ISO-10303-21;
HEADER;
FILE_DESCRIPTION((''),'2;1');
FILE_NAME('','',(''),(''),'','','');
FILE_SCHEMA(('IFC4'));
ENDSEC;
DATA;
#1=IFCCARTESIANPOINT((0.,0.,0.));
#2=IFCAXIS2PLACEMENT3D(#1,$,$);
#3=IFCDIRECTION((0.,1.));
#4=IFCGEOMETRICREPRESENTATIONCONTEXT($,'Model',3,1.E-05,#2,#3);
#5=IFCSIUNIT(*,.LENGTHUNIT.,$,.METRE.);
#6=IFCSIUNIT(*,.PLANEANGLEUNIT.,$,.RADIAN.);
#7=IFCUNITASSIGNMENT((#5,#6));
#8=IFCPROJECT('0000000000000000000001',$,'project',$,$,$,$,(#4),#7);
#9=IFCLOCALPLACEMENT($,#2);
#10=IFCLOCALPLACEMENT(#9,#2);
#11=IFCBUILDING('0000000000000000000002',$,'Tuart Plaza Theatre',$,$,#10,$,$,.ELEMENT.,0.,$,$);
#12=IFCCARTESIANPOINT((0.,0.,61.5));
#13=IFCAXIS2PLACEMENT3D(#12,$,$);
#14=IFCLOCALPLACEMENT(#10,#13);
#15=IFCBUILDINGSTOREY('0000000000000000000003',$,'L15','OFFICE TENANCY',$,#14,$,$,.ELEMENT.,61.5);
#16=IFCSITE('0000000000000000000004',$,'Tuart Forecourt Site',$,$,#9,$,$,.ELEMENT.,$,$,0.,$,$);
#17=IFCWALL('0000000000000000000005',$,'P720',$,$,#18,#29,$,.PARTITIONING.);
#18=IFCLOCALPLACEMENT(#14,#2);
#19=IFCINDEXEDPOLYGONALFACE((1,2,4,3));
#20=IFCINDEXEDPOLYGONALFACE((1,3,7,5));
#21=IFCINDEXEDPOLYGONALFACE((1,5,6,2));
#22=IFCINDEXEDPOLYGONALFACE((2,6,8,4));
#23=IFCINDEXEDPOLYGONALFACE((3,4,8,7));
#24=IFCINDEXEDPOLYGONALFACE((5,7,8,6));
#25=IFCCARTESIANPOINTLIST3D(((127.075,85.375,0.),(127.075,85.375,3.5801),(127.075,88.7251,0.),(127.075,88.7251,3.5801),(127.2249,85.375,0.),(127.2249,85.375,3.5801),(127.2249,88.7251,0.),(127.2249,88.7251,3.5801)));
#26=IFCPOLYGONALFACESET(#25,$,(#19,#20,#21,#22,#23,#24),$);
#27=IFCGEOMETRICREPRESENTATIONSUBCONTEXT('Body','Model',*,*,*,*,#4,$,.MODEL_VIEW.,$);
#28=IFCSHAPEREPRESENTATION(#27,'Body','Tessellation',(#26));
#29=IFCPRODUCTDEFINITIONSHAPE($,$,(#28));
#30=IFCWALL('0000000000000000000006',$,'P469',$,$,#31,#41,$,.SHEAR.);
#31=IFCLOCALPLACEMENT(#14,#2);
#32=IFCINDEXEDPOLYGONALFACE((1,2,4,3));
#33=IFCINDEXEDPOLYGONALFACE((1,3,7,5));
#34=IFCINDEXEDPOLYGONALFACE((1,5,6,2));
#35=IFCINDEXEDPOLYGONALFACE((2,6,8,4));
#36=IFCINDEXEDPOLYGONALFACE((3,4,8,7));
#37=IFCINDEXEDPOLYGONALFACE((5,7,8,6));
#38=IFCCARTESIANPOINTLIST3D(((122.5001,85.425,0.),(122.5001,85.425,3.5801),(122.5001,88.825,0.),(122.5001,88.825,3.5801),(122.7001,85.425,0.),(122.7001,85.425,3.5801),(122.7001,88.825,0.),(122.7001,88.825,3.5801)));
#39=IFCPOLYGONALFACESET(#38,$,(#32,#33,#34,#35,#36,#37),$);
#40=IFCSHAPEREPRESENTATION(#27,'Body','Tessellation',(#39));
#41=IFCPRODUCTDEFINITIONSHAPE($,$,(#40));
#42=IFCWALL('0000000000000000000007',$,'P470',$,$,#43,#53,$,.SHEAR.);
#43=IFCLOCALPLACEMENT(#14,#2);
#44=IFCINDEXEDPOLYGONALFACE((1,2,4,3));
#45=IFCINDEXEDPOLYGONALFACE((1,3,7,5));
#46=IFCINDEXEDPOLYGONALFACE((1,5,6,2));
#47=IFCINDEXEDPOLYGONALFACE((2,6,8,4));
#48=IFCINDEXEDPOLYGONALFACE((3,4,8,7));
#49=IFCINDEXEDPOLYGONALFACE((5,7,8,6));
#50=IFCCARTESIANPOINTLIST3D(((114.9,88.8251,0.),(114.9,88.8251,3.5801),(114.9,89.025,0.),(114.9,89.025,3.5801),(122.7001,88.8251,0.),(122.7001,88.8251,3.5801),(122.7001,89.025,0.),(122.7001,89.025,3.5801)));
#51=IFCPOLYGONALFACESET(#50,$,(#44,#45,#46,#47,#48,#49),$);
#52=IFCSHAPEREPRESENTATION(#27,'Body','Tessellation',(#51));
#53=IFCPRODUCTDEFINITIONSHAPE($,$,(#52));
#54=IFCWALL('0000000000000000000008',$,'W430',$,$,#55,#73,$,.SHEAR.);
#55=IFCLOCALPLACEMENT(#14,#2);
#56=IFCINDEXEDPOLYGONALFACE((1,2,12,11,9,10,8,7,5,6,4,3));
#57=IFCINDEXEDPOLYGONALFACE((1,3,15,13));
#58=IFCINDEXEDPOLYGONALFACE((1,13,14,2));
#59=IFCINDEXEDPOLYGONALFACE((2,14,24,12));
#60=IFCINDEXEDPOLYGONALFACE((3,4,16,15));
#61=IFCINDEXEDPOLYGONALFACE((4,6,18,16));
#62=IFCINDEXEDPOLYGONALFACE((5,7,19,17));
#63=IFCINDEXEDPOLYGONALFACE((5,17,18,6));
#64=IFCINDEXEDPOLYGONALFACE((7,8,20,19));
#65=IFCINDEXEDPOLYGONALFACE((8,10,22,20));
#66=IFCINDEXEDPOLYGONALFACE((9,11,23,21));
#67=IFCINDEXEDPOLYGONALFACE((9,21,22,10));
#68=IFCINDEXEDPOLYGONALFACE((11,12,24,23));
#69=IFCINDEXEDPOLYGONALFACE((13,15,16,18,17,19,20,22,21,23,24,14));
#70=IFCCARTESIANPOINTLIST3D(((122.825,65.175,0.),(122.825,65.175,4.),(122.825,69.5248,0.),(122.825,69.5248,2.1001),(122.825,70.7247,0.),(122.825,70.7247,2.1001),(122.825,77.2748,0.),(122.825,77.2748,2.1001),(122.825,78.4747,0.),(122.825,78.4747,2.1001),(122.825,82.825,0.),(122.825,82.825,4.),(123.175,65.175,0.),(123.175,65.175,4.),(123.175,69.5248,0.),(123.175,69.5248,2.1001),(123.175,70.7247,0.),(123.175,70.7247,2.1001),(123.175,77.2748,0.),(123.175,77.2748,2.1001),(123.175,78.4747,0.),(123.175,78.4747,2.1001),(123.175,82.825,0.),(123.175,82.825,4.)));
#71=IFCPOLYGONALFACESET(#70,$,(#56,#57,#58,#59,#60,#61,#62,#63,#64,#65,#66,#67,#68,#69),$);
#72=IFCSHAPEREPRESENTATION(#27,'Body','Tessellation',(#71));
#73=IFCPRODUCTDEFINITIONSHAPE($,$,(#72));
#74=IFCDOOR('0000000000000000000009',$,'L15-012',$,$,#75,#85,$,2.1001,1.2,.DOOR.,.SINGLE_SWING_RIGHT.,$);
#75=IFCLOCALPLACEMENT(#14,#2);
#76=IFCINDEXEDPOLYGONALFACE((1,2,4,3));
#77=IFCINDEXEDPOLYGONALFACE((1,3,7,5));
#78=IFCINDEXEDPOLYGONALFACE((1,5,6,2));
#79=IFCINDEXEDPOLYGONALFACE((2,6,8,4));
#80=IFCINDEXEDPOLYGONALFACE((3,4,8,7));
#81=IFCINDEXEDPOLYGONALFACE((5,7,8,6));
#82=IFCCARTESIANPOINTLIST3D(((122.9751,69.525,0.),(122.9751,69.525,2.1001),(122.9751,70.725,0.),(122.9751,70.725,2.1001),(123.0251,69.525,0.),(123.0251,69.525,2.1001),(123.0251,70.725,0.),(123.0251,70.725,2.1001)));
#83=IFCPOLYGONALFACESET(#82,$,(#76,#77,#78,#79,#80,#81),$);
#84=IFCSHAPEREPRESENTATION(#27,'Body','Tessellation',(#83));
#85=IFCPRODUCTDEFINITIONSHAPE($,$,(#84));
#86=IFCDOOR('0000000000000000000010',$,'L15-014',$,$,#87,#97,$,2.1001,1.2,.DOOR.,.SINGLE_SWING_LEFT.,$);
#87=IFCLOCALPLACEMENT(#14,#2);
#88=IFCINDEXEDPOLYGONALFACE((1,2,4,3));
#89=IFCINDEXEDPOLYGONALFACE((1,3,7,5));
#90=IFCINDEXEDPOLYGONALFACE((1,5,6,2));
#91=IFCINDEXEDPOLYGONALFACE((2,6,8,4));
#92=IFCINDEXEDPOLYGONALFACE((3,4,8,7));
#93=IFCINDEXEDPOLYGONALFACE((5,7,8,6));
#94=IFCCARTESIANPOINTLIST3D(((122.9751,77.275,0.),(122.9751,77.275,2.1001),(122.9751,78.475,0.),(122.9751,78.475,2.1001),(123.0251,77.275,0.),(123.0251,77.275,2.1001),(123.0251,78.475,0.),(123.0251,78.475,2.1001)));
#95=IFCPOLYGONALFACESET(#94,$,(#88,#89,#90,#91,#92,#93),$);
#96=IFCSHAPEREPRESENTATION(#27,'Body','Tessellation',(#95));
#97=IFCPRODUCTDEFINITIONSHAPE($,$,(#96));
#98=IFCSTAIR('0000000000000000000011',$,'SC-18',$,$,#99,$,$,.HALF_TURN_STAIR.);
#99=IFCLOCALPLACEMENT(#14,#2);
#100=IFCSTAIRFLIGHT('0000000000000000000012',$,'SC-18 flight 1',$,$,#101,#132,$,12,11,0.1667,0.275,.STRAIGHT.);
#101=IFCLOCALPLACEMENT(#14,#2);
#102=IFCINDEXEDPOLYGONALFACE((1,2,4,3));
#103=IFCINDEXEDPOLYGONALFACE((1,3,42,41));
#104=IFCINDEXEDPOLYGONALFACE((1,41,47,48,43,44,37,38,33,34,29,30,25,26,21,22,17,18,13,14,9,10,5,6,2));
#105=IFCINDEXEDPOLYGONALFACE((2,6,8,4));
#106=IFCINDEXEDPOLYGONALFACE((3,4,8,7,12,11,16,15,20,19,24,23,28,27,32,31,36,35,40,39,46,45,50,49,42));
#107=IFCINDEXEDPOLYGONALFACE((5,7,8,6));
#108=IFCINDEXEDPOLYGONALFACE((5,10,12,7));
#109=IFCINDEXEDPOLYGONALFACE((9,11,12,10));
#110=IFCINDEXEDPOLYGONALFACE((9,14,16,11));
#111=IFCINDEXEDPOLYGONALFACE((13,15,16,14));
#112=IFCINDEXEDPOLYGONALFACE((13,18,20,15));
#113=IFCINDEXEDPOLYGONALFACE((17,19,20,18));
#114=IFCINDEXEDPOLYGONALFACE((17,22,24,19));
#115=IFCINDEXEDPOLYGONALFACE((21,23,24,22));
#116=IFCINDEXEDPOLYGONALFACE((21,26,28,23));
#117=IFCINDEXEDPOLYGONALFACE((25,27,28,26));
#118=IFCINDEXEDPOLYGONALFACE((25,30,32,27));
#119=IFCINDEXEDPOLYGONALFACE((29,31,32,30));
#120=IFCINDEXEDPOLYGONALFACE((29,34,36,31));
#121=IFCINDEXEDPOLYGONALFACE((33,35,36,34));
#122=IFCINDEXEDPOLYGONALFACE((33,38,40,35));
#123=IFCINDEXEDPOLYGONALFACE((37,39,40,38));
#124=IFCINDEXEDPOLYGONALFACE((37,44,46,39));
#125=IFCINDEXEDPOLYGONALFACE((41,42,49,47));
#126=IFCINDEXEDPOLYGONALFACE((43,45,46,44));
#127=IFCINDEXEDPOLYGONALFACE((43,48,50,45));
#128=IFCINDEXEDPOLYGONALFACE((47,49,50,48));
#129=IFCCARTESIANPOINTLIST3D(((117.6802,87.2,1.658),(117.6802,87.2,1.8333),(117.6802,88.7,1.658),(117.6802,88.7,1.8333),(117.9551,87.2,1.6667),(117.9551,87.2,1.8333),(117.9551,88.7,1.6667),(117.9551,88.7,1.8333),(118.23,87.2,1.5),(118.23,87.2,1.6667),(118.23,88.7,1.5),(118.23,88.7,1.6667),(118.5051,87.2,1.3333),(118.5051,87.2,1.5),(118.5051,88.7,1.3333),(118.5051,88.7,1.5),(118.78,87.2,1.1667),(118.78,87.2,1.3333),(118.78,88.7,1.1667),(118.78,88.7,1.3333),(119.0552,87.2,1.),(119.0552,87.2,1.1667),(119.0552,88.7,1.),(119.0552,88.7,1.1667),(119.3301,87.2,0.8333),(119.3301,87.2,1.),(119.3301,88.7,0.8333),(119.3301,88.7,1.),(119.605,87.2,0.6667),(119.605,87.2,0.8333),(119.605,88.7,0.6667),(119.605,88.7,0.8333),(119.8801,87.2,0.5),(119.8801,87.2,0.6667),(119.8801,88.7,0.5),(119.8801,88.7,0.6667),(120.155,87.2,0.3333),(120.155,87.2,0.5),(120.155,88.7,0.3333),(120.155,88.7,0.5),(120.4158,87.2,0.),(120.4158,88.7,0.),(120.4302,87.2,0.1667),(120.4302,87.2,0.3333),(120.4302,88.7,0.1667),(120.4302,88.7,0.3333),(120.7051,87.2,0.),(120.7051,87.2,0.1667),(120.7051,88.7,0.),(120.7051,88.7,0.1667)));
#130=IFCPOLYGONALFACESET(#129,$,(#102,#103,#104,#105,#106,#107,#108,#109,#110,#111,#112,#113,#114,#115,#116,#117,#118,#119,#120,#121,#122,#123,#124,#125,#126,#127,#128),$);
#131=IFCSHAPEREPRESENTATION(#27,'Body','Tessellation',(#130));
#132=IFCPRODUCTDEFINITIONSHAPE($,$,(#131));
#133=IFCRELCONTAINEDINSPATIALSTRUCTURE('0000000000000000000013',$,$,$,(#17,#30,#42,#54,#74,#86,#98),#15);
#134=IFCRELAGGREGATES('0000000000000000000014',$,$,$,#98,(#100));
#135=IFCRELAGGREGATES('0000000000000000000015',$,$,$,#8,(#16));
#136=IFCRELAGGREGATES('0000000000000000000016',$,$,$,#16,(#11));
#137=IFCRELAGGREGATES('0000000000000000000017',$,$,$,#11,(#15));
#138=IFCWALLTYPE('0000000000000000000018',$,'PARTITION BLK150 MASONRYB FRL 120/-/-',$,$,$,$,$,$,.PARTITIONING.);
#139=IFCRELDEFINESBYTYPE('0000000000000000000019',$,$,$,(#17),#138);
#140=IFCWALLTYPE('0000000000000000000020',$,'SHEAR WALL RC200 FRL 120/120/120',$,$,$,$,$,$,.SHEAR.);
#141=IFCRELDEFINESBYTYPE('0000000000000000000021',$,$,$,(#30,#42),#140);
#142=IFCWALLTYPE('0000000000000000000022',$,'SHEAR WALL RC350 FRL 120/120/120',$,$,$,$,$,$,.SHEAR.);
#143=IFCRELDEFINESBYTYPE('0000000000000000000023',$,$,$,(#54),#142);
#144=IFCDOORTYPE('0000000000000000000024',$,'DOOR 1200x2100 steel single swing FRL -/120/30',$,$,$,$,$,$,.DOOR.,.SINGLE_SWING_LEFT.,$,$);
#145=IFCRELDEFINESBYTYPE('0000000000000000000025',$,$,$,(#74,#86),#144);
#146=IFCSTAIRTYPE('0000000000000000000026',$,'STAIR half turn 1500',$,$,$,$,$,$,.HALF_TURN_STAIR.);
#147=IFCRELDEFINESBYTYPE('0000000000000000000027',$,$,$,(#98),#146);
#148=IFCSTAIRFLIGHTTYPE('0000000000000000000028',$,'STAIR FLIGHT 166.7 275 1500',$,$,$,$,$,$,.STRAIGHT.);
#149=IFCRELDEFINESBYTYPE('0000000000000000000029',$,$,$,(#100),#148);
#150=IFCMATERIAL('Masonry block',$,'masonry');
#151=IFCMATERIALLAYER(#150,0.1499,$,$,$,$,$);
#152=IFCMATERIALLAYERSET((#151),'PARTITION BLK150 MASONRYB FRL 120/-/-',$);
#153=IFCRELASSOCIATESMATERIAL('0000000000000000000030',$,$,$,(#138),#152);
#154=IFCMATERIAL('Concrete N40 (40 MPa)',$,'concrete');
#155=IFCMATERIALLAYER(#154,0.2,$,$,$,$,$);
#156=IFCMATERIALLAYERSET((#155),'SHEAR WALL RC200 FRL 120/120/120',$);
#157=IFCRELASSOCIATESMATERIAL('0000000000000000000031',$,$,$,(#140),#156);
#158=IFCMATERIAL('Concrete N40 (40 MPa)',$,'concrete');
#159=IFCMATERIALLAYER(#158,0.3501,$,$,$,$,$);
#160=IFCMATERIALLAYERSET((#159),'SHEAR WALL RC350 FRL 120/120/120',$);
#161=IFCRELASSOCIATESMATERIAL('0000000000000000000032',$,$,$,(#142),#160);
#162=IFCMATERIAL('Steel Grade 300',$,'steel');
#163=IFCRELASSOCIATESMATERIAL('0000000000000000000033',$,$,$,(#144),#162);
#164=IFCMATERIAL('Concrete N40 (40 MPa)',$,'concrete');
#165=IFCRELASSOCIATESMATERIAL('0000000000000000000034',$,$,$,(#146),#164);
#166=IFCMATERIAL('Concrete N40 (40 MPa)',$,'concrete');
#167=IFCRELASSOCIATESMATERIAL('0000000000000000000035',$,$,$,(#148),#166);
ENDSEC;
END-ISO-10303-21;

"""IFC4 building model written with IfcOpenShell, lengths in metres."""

from ifc_helpers import new_model, si_unit, direction, frame, frame_2d, origin, place, context, subcontext, project, spatial, polyline, rectangle, outline, extrude, material, layer, layer_set, type_object, element, fill, aggregate, save


model = new_model("IFC4")

# Units and contexts
model_context = context("Model", 3, precision=1e-05, world=origin(), true_north=direction((0.0, 1.0)))
body_context = subcontext(model_context, "Body", "Model", "MODEL_VIEW")
ifc_project = project(units=[si_unit("LENGTHUNIT", "METRE"), si_unit("PLANEANGLEUNIT", "RADIAN")], contexts=[model_context])

# Site, building, storey
site_placement = place(None, origin())
site = spatial("IfcSite", under=ifc_project, at=site_placement, Name="Tuart Forecourt Site", CompositionType="ELEMENT", RefElevation=0.0)
building_placement = place(site_placement, origin())
building = spatial("IfcBuilding", under=site, at=building_placement, Name="Tuart Plaza Theatre", CompositionType="ELEMENT", ElevationOfRefHeight=0.0)
storey_placement = place(building_placement, frame((0.0, 0.0, 61.5)))
storey = spatial("IfcBuildingStorey", under=building, at=storey_placement, Name="L15", Description="OFFICE TENANCY", CompositionType="ELEMENT", Elevation=61.5)

# Shared definitions
ifc_material_1 = material(Name="Masonry block", Category="masonry")
ifc_layer_1 = layer(ifc_material_1, 0.1499)
ifc_layer_set_1 = layer_set([ifc_layer_1], Name="PARTITION BLK150 MASONRYB FRL 120/-/-")
wall_type_1 = type_object("IfcWallType", Name="PARTITION BLK150 MASONRYB FRL 120/-/-", PredefinedType="PARTITIONING", material=ifc_layer_set_1)

# Walls
wall_1_placement = place(storey_placement, frame((127.1499, 85.375, 0.0), z_axis=(0.0, 0.0, 1.0), x_axis=(0.0, 1.0, 0.0)))
element("IfcWall", 1, at=wall_1_placement, inside=storey, type_object=wall_type_1, Name="P720", PredefinedType="PARTITIONING", context=body_context, shape_type="SweptSolid", body=[
    extrude(rectangle(XDim=3.3501, YDim=0.1499, at=frame_2d((1.675, 0.0))), origin(), (0.0, 0.0, 1.0), 3.5801),
])
ifc_material_2 = material(Name="Concrete N40 (40 MPa)", Category="concrete")
ifc_layer_2 = layer(ifc_material_2, 0.2)
ifc_layer_set_2 = layer_set([ifc_layer_2], Name="SHEAR WALL RC200 FRL 120/120/120")
wall_type_2 = type_object("IfcWallType", Name="SHEAR WALL RC200 FRL 120/120/120", PredefinedType="SHEAR", material=ifc_layer_set_2)
wall_2_placement = place(storey_placement, frame((122.6001, 85.425, 0.0), z_axis=(0.0, 0.0, 1.0), x_axis=(0.0, 1.0, 0.0)))
element("IfcWall", 2, at=wall_2_placement, inside=storey, type_object=wall_type_2, Name="P469", PredefinedType="SHEAR", context=body_context, shape_type="SweptSolid", body=[
    extrude(rectangle(XDim=3.3999, YDim=0.2, at=frame_2d((1.7, 0.0))), origin(), (0.0, 0.0, 1.0), 3.5801),
])
wall_3_placement = place(storey_placement, frame((122.7, 88.925, 0.0), z_axis=(0.0, 0.0, 1.0), x_axis=(-1.0, 0.0, 0.0)))
element("IfcWall", 3, at=wall_3_placement, inside=storey, type_object=wall_type_2, Name="P470", PredefinedType="SHEAR", context=body_context, shape_type="SweptSolid", body=[
    extrude(rectangle(XDim=7.8, YDim=0.2, at=frame_2d((3.8999, 0.0))), origin(), (0.0, 0.0, 1.0), 3.5801),
])

# Wall, openings, doors
ifc_material_3 = material(Name="Concrete N40 (40 MPa)", Category="concrete")
ifc_layer_3 = layer(ifc_material_3, 0.3501)
ifc_layer_set_3 = layer_set([ifc_layer_3], Name="SHEAR WALL RC350 FRL 120/120/120")
wall_type_3 = type_object("IfcWallType", Name="SHEAR WALL RC350 FRL 120/120/120", PredefinedType="SHEAR", material=ifc_layer_set_3)
wall_4_placement = place(storey_placement, frame((123.0, 82.825, 0.0), z_axis=(0.0, 0.0, 1.0), x_axis=(0.0, -1.0, 0.0)))
wall_4 = element("IfcWall", 4, at=wall_4_placement, inside=storey, type_object=wall_type_3, Name="W430", PredefinedType="SHEAR", context=body_context, shape_type="SweptSolid", body=[
    extrude(rectangle(XDim=17.6499, YDim=0.3501, at=frame_2d((8.825, 0.0))), origin(), (0.0, 0.0, 1.0), 4.0),
])
opening_1_placement = place(wall_4_placement, frame((12.1001, 0.0, 0.0)))
opening_1 = element("IfcOpeningElement", 5, at=opening_1_placement, cuts=wall_4, PredefinedType="OPENING", context=body_context, shape_type="SweptSolid", body=[
    extrude(rectangle(XDim=1.2, YDim=2.1001, at=frame_2d((0.6001, 1.05))), frame((0.0, 0.1851, 0.0), z_axis=(0.0, -1.0, 0.0), x_axis=(1.0, 0.0, 0.0)), (0.0, 0.0, 1.0), 0.3701),
])
opening_2_placement = place(wall_4_placement, frame((4.3501, 0.0, 0.0)))
opening_2 = element("IfcOpeningElement", 6, at=opening_2_placement, cuts=wall_4, PredefinedType="OPENING", context=body_context, shape_type="SweptSolid", body=[
    extrude(rectangle(XDim=1.2, YDim=2.1001, at=frame_2d((0.6001, 1.05))), frame((0.0, 0.1851, 0.0), z_axis=(0.0, -1.0, 0.0), x_axis=(1.0, 0.0, 0.0)), (0.0, 0.0, 1.0), 0.3701),
])
ifc_material_4 = material(Name="Steel Grade 300", Category="steel")
door_type_1 = type_object("IfcDoorType", Name="DOOR 1200x2100 steel single swing FRL -/120/30", OperationType="SINGLE_SWING_LEFT", PredefinedType="DOOR", material=ifc_material_4)
door_1_placement = place(opening_1_placement, frame((1.2, 0.0, 0.0), z_axis=(0.0, 0.0, 1.0), x_axis=(-1.0, 0.0, 0.0)))
door_1 = element("IfcDoor", 7, at=door_1_placement, inside=storey, type_object=door_type_1, Name="L15-012", OperationType="SINGLE_SWING_RIGHT", OverallHeight=2.1001, OverallWidth=1.2, PredefinedType="DOOR", context=body_context, shape_type="SweptSolid", body=[
    extrude(rectangle(XDim=1.2, YDim=2.1001, at=frame_2d((0.6001, 1.05))), frame((0.0, 0.0249, 0.0), z_axis=(0.0, -1.0, 0.0), x_axis=(1.0, 0.0, 0.0)), (0.0, 0.0, 1.0), 0.05),
])
fill(opening_1, door_1)
door_2_placement = place(opening_2_placement, frame((1.2, 0.0, 0.0), z_axis=(0.0, 0.0, 1.0), x_axis=(-1.0, 0.0, 0.0)))
door_2 = element("IfcDoor", 8, at=door_2_placement, inside=storey, type_object=door_type_1, Name="L15-014", OperationType="SINGLE_SWING_LEFT", OverallHeight=2.1001, OverallWidth=1.2, PredefinedType="DOOR", context=body_context, shape_type="SweptSolid", body=[
    extrude(rectangle(XDim=1.2, YDim=2.1001, at=frame_2d((0.6001, 1.05))), frame((0.0, 0.0249, 0.0), z_axis=(0.0, -1.0, 0.0), x_axis=(1.0, 0.0, 0.0)), (0.0, 0.0, 1.0), 0.05),
])
fill(opening_2, door_2)

# Stair, stair flight
ifc_material_5 = material(Name="Concrete N40 (40 MPa)", Category="concrete")
stair_type = type_object("IfcStairType", Name="STAIR half turn 1500", PredefinedType="HALF_TURN_STAIR", material=ifc_material_5)
stair_placement = place(storey_placement, origin())
stair = element("IfcStair", 9, at=stair_placement, inside=storey, type_object=stair_type, Name="SC-18", PredefinedType="HALF_TURN_STAIR")
ifc_material_6 = material(Name="Concrete N40 (40 MPa)", Category="concrete")
stair_flight_type = type_object("IfcStairFlightType", Name="STAIR FLIGHT 166.7 275 1500", PredefinedType="STRAIGHT", material=ifc_material_6)
stair_flight_placement = place(storey_placement, frame((120.7051, 87.95, 0.0), z_axis=(0.0, 0.0, 1.0), x_axis=(-1.0, 0.0, 0.0)))
stair_flight = element("IfcStairFlight", 10, at=stair_flight_placement, type_object=stair_flight_type, Name="SC-18 flight 1", NumberOfRisers=12, NumberOfTreads=11, PredefinedType="STRAIGHT", RiserHeight=0.1667, TreadLength=0.275, context=body_context, shape_type="SweptSolid", body=[
    extrude(outline(polyline([(0.0, 0.0), (0.0, 0.1667), (0.2749, 0.1667), (0.2749, 0.3333), (0.55, 0.3333), (0.55, 0.5), (0.825, 0.5), (0.825, 0.6667), (1.1001, 0.6667), (1.1001, 0.8333), (1.375, 0.8333), (1.375, 1.0), (1.6499, 1.0), (1.6499, 1.1667), (1.925, 1.1667), (1.925, 1.3333), (2.2, 1.3333), (2.2, 1.5), (2.4751, 1.5), (2.4751, 1.6667), (2.75, 1.6667), (2.75, 1.8333), (3.0249, 1.8333), (3.0249, 2.0), (3.0249, 1.658), (0.2893, 0.0), (0.0, 0.0)])), frame((0.0, 0.75, 0.0), z_axis=(0.0, -1.0, 0.0), x_axis=(1.0, 0.0, 0.0)), (0.0, 0.0, 1.0), 1.5),
])
aggregate(stair, [stair_flight])

save(model, "model.ifc")
